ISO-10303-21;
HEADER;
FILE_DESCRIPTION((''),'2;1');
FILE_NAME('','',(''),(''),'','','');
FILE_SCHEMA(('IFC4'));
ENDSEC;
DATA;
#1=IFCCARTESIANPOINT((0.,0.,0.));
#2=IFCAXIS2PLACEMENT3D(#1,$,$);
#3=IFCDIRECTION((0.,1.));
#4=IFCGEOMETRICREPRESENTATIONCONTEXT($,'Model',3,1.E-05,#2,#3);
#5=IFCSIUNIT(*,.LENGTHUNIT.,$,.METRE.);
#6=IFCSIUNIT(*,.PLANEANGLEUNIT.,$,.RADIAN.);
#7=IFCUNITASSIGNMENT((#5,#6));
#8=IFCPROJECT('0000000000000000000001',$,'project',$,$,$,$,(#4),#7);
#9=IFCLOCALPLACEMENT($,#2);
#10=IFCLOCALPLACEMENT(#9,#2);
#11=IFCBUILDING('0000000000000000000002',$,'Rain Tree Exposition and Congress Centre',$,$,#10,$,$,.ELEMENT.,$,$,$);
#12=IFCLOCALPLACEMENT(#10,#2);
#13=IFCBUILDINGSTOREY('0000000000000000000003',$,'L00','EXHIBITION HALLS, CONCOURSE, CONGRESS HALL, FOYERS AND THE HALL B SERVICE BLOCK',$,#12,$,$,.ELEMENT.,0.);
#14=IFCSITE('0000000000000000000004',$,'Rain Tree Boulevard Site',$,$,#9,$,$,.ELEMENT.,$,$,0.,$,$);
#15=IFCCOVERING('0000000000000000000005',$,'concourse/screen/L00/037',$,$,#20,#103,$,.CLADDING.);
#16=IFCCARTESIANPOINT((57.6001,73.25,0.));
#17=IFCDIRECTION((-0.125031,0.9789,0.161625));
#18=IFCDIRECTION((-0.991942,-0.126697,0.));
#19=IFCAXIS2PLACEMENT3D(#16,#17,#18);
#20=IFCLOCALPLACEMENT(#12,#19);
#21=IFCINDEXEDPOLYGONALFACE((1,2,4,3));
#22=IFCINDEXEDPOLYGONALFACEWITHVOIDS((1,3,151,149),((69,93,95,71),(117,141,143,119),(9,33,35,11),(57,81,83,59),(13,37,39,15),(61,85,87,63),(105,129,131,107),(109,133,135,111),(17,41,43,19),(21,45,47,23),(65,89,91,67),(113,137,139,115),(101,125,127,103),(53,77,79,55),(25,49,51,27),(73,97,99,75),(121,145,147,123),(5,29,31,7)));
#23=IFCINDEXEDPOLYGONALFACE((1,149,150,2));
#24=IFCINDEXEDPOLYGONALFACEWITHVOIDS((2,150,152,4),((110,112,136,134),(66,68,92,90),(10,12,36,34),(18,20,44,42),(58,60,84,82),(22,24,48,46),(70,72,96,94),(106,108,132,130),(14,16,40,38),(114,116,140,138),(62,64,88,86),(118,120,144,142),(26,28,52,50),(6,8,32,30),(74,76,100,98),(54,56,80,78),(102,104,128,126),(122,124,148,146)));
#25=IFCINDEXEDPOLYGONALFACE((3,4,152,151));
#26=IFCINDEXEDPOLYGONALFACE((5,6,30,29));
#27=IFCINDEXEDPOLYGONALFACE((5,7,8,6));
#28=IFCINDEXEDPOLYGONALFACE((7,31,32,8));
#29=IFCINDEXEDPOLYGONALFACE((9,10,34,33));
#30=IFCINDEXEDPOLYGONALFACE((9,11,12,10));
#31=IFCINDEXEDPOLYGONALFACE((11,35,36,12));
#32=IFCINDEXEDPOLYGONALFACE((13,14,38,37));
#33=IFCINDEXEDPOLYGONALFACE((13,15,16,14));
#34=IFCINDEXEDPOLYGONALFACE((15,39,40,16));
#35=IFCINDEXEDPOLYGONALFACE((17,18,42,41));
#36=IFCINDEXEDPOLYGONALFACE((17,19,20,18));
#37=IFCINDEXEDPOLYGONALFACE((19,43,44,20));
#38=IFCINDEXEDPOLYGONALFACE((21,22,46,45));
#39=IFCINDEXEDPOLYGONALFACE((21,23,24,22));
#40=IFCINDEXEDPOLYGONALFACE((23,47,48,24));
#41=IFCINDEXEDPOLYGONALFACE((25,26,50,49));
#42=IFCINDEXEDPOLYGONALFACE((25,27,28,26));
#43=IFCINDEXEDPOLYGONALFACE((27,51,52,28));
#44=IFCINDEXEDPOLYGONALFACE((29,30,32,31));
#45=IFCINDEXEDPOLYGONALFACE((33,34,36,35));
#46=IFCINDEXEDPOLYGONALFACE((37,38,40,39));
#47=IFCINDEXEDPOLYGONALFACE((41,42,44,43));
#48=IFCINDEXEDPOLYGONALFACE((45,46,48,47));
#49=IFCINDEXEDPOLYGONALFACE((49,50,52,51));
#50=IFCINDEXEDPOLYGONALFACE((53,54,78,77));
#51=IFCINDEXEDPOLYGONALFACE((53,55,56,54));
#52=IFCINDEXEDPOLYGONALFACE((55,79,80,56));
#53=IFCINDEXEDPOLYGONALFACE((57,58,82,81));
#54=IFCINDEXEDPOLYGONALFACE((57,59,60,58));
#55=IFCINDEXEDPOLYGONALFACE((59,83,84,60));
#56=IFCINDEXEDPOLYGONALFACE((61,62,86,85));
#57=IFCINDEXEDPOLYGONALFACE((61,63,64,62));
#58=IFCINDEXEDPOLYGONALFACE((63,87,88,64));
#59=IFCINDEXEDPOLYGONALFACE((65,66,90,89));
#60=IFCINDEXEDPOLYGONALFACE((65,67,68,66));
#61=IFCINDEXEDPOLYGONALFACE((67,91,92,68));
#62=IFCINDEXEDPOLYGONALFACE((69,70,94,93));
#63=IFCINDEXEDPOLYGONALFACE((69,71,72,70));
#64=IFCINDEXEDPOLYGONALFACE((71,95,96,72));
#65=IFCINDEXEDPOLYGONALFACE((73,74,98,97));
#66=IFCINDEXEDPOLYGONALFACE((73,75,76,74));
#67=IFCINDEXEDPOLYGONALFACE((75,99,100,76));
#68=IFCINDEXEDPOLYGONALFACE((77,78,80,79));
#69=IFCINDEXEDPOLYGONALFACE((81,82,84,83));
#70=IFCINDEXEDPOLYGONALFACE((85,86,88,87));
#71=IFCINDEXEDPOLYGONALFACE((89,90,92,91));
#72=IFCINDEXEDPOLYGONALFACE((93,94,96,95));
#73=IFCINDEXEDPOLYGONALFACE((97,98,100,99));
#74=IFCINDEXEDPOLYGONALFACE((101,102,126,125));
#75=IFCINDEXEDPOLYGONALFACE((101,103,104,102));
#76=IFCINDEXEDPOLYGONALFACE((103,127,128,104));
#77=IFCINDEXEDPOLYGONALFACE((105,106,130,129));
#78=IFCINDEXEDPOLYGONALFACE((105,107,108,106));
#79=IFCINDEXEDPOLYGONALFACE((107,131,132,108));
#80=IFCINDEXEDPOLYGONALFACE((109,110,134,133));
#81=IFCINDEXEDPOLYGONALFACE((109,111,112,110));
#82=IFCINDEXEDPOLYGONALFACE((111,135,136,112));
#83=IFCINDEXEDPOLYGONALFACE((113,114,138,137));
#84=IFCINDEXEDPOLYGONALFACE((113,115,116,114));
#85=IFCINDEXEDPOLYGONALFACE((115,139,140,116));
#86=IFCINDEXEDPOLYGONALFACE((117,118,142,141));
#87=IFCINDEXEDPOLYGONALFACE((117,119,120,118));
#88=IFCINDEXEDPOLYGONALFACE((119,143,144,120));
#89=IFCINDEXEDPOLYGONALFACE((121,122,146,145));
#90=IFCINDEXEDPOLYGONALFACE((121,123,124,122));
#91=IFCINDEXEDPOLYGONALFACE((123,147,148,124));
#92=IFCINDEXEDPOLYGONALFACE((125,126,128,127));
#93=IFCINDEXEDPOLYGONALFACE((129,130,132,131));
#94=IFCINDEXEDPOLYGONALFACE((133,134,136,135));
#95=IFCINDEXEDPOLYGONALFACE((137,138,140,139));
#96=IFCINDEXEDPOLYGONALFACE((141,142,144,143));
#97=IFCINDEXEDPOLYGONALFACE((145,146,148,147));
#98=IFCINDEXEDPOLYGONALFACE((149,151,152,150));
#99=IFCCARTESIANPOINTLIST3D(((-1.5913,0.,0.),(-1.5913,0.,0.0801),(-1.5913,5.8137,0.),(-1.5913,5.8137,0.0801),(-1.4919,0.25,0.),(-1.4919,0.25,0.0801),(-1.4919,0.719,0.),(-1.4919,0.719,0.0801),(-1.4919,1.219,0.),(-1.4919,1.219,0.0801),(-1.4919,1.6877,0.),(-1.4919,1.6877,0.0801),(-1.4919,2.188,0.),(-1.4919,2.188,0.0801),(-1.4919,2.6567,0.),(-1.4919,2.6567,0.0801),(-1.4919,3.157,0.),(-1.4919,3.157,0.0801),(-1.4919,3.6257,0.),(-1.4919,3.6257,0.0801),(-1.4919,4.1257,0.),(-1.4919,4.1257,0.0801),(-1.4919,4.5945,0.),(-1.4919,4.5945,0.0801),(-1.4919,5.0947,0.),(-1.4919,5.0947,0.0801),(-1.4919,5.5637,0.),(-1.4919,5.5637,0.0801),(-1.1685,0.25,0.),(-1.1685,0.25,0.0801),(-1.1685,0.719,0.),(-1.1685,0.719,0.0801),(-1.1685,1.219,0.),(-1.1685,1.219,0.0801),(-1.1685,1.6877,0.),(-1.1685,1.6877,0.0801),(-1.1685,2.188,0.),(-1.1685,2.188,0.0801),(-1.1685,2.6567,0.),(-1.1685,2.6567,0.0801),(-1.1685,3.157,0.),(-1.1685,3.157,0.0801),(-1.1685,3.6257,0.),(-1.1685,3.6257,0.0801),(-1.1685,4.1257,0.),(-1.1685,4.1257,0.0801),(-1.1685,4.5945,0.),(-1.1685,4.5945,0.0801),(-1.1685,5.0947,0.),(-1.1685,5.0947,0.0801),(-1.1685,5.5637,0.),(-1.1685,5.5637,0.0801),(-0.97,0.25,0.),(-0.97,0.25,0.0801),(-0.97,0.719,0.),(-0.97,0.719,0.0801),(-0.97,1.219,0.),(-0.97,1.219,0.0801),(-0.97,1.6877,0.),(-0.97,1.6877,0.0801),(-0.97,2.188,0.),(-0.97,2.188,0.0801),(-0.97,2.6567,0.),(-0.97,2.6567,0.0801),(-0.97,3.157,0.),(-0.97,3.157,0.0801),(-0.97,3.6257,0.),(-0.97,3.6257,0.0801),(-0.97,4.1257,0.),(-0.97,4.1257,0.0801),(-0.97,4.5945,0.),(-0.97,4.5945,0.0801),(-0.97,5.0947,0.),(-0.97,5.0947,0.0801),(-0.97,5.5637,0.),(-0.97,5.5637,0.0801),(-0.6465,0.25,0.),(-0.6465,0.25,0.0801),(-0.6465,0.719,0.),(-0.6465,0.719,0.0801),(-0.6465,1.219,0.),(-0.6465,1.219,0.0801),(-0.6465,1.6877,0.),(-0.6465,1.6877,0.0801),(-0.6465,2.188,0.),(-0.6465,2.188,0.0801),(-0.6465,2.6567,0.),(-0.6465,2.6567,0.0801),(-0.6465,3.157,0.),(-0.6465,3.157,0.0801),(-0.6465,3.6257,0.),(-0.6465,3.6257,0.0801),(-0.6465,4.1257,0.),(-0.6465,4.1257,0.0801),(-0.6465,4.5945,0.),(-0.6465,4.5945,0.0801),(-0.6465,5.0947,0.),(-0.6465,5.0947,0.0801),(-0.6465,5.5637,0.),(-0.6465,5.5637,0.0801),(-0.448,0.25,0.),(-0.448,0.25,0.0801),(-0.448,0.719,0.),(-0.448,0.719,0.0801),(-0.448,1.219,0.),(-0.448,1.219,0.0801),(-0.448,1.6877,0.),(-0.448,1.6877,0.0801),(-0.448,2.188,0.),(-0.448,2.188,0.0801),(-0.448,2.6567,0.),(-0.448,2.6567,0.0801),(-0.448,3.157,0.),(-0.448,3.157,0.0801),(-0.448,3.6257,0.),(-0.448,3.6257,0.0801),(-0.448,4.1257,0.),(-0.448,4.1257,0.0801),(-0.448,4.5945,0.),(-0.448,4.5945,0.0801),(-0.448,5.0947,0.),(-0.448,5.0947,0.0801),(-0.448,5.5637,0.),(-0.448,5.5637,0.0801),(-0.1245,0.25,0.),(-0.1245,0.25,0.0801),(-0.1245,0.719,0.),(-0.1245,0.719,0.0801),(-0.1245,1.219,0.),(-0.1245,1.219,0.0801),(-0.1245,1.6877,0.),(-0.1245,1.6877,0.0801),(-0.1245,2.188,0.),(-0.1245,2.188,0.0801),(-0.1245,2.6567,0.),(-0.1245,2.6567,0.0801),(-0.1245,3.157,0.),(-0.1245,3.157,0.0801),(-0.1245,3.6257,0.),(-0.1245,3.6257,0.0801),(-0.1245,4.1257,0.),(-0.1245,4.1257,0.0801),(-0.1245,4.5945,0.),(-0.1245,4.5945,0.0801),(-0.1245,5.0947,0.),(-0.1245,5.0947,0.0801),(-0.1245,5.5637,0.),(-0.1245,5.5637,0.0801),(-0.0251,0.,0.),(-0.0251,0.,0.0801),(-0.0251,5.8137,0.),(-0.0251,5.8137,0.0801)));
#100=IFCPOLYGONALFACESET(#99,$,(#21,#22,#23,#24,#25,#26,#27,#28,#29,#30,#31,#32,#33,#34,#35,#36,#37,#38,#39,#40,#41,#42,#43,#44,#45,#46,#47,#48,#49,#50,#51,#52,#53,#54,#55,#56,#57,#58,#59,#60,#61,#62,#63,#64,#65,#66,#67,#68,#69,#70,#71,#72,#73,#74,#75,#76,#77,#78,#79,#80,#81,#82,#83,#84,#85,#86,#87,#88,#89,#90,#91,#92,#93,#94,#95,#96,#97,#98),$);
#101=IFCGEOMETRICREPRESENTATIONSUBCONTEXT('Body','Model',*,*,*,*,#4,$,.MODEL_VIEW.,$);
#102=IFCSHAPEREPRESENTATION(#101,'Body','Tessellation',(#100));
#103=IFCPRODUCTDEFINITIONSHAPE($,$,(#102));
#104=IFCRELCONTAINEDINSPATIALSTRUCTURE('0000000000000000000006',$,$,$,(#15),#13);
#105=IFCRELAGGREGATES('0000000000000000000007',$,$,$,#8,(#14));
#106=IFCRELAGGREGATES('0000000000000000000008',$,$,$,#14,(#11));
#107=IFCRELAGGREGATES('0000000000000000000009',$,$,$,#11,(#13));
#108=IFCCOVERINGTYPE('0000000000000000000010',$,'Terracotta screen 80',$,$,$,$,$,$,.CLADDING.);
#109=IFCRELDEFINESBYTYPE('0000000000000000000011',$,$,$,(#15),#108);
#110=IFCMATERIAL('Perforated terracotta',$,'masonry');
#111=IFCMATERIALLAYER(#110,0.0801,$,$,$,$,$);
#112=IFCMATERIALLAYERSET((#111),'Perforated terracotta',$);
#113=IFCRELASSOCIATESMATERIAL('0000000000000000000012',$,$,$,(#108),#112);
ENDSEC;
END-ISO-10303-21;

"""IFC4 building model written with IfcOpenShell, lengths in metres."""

from ifc_helpers import new_model, si_unit, direction, frame, origin, place, context, subcontext, project, spatial, polyline, outline, extrude, material, layer, layer_set, type_object, element, save


model = new_model("IFC4")

# Units and contexts
model_context = context("Model", 3, precision=1e-05, world=origin(), true_north=direction((0.0, 1.0)))
body_context = subcontext(model_context, "Body", "Model", "MODEL_VIEW")
ifc_project = project(units=[si_unit("LENGTHUNIT", "METRE"), si_unit("PLANEANGLEUNIT", "RADIAN")], contexts=[model_context])

# Site, building, storey
site_placement = place(None, origin())
site = spatial("IfcSite", under=ifc_project, at=site_placement, Name="Rain Tree Boulevard Site", CompositionType="ELEMENT", RefElevation=0.0)
building_placement = place(site_placement, origin())
building = spatial("IfcBuilding", under=site, at=building_placement, Name="Rain Tree Exposition and Congress Centre", CompositionType="ELEMENT")
storey_placement = place(building_placement, origin())
storey = spatial("IfcBuildingStorey", under=building, at=storey_placement, Name="L00", Description="EXHIBITION HALLS, CONCOURSE, CONGRESS HALL, FOYERS AND THE HALL B SERVICE BLOCK", CompositionType="ELEMENT", Elevation=0.0)

# Covering
ifc_material_1 = material(Name="Perforated terracotta", Category="masonry")
ifc_layer_1 = layer(ifc_material_1, 0.0801)
ifc_layer_set_1 = layer_set([ifc_layer_1], Name="Perforated terracotta")
covering_type = type_object("IfcCoveringType", Name="Terracotta screen 80", PredefinedType="CLADDING", material=ifc_layer_set_1)
covering_1_placement = place(storey_placement, frame((57.6001, 73.25, 0.0), z_axis=(-0.125031, 0.9789, 0.161625), x_axis=(-0.991942, -0.126697, 0.0)))
element("IfcCovering", 1, at=covering_1_placement, inside=storey, type_object=covering_type, Name="concourse/screen/L00/037", PredefinedType="CLADDING", context=body_context, shape_type="SweptSolid", body=[
    extrude(outline(polyline([(-0.0251, 0.0), (-1.5913, 0.0), (-1.5913, 5.8137), (-0.0251, 5.8137), (-0.0251, 0.0)]), holes=[polyline([(-0.1245, 0.25), (-0.1245, 0.719), (-0.448, 0.719), (-0.448, 0.25), (-0.1245, 0.25)]), polyline([(-0.1245, 1.219), (-0.1245, 1.6877), (-0.448, 1.6877), (-0.448, 1.219), (-0.1245, 1.219)]), polyline([(-0.1245, 2.188), (-0.1245, 2.6567), (-0.448, 2.6567), (-0.448, 2.188), (-0.1245, 2.188)]), polyline([(-0.1245, 3.157), (-0.1245, 3.6257), (-0.448, 3.6257), (-0.448, 3.157), (-0.1245, 3.157)]), polyline([(-0.1245, 4.1257), (-0.1245, 4.5945), (-0.448, 4.5945), (-0.448, 4.1257), (-0.1245, 4.1257)]), polyline([(-0.1245, 5.0947), (-0.1245, 5.5637), (-0.448, 5.5637), (-0.448, 5.0947), (-0.1245, 5.0947)]), polyline([(-0.6465, 0.25), (-0.6465, 0.719), (-0.97, 0.719), (-0.97, 0.25), (-0.6465, 0.25)]), polyline([(-0.6465, 1.219), (-0.6465, 1.6877), (-0.97, 1.6877), (-0.97, 1.219), (-0.6465, 1.219)]), polyline([(-0.6465, 2.188), (-0.6465, 2.6567), (-0.97, 2.6567), (-0.97, 2.188), (-0.6465, 2.188)]), polyline([(-0.6465, 3.157), (-0.6465, 3.6257), (-0.97, 3.6257), (-0.97, 3.157), (-0.6465, 3.157)]), polyline([(-0.6465, 4.1257), (-0.6465, 4.5945), (-0.97, 4.5945), (-0.97, 4.1257), (-0.6465, 4.1257)]), polyline([(-0.6465, 5.0947), (-0.6465, 5.5637), (-0.97, 5.5637), (-0.97, 5.0947), (-0.6465, 5.0947)]), polyline([(-1.1685, 0.25), (-1.1685, 0.719), (-1.4919, 0.719), (-1.4919, 0.25), (-1.1685, 0.25)]), polyline([(-1.1685, 1.219), (-1.1685, 1.6877), (-1.4919, 1.6877), (-1.4919, 1.219), (-1.1685, 1.219)]), polyline([(-1.1685, 2.188), (-1.1685, 2.6567), (-1.4919, 2.6567), (-1.4919, 2.188), (-1.1685, 2.188)]), polyline([(-1.1685, 3.157), (-1.1685, 3.6257), (-1.4919, 3.6257), (-1.4919, 3.157), (-1.1685, 3.157)]), polyline([(-1.1685, 4.1257), (-1.1685, 4.5945), (-1.4919, 4.5945), (-1.4919, 4.1257), (-1.1685, 4.1257)]), polyline([(-1.1685, 5.0947), (-1.1685, 5.5637), (-1.4919, 5.5637), (-1.4919, 5.0947), (-1.1685, 5.0947)])]), origin(), (0.0, 0.0, 1.0), 0.0801),
])

save(model, "model.ifc")
